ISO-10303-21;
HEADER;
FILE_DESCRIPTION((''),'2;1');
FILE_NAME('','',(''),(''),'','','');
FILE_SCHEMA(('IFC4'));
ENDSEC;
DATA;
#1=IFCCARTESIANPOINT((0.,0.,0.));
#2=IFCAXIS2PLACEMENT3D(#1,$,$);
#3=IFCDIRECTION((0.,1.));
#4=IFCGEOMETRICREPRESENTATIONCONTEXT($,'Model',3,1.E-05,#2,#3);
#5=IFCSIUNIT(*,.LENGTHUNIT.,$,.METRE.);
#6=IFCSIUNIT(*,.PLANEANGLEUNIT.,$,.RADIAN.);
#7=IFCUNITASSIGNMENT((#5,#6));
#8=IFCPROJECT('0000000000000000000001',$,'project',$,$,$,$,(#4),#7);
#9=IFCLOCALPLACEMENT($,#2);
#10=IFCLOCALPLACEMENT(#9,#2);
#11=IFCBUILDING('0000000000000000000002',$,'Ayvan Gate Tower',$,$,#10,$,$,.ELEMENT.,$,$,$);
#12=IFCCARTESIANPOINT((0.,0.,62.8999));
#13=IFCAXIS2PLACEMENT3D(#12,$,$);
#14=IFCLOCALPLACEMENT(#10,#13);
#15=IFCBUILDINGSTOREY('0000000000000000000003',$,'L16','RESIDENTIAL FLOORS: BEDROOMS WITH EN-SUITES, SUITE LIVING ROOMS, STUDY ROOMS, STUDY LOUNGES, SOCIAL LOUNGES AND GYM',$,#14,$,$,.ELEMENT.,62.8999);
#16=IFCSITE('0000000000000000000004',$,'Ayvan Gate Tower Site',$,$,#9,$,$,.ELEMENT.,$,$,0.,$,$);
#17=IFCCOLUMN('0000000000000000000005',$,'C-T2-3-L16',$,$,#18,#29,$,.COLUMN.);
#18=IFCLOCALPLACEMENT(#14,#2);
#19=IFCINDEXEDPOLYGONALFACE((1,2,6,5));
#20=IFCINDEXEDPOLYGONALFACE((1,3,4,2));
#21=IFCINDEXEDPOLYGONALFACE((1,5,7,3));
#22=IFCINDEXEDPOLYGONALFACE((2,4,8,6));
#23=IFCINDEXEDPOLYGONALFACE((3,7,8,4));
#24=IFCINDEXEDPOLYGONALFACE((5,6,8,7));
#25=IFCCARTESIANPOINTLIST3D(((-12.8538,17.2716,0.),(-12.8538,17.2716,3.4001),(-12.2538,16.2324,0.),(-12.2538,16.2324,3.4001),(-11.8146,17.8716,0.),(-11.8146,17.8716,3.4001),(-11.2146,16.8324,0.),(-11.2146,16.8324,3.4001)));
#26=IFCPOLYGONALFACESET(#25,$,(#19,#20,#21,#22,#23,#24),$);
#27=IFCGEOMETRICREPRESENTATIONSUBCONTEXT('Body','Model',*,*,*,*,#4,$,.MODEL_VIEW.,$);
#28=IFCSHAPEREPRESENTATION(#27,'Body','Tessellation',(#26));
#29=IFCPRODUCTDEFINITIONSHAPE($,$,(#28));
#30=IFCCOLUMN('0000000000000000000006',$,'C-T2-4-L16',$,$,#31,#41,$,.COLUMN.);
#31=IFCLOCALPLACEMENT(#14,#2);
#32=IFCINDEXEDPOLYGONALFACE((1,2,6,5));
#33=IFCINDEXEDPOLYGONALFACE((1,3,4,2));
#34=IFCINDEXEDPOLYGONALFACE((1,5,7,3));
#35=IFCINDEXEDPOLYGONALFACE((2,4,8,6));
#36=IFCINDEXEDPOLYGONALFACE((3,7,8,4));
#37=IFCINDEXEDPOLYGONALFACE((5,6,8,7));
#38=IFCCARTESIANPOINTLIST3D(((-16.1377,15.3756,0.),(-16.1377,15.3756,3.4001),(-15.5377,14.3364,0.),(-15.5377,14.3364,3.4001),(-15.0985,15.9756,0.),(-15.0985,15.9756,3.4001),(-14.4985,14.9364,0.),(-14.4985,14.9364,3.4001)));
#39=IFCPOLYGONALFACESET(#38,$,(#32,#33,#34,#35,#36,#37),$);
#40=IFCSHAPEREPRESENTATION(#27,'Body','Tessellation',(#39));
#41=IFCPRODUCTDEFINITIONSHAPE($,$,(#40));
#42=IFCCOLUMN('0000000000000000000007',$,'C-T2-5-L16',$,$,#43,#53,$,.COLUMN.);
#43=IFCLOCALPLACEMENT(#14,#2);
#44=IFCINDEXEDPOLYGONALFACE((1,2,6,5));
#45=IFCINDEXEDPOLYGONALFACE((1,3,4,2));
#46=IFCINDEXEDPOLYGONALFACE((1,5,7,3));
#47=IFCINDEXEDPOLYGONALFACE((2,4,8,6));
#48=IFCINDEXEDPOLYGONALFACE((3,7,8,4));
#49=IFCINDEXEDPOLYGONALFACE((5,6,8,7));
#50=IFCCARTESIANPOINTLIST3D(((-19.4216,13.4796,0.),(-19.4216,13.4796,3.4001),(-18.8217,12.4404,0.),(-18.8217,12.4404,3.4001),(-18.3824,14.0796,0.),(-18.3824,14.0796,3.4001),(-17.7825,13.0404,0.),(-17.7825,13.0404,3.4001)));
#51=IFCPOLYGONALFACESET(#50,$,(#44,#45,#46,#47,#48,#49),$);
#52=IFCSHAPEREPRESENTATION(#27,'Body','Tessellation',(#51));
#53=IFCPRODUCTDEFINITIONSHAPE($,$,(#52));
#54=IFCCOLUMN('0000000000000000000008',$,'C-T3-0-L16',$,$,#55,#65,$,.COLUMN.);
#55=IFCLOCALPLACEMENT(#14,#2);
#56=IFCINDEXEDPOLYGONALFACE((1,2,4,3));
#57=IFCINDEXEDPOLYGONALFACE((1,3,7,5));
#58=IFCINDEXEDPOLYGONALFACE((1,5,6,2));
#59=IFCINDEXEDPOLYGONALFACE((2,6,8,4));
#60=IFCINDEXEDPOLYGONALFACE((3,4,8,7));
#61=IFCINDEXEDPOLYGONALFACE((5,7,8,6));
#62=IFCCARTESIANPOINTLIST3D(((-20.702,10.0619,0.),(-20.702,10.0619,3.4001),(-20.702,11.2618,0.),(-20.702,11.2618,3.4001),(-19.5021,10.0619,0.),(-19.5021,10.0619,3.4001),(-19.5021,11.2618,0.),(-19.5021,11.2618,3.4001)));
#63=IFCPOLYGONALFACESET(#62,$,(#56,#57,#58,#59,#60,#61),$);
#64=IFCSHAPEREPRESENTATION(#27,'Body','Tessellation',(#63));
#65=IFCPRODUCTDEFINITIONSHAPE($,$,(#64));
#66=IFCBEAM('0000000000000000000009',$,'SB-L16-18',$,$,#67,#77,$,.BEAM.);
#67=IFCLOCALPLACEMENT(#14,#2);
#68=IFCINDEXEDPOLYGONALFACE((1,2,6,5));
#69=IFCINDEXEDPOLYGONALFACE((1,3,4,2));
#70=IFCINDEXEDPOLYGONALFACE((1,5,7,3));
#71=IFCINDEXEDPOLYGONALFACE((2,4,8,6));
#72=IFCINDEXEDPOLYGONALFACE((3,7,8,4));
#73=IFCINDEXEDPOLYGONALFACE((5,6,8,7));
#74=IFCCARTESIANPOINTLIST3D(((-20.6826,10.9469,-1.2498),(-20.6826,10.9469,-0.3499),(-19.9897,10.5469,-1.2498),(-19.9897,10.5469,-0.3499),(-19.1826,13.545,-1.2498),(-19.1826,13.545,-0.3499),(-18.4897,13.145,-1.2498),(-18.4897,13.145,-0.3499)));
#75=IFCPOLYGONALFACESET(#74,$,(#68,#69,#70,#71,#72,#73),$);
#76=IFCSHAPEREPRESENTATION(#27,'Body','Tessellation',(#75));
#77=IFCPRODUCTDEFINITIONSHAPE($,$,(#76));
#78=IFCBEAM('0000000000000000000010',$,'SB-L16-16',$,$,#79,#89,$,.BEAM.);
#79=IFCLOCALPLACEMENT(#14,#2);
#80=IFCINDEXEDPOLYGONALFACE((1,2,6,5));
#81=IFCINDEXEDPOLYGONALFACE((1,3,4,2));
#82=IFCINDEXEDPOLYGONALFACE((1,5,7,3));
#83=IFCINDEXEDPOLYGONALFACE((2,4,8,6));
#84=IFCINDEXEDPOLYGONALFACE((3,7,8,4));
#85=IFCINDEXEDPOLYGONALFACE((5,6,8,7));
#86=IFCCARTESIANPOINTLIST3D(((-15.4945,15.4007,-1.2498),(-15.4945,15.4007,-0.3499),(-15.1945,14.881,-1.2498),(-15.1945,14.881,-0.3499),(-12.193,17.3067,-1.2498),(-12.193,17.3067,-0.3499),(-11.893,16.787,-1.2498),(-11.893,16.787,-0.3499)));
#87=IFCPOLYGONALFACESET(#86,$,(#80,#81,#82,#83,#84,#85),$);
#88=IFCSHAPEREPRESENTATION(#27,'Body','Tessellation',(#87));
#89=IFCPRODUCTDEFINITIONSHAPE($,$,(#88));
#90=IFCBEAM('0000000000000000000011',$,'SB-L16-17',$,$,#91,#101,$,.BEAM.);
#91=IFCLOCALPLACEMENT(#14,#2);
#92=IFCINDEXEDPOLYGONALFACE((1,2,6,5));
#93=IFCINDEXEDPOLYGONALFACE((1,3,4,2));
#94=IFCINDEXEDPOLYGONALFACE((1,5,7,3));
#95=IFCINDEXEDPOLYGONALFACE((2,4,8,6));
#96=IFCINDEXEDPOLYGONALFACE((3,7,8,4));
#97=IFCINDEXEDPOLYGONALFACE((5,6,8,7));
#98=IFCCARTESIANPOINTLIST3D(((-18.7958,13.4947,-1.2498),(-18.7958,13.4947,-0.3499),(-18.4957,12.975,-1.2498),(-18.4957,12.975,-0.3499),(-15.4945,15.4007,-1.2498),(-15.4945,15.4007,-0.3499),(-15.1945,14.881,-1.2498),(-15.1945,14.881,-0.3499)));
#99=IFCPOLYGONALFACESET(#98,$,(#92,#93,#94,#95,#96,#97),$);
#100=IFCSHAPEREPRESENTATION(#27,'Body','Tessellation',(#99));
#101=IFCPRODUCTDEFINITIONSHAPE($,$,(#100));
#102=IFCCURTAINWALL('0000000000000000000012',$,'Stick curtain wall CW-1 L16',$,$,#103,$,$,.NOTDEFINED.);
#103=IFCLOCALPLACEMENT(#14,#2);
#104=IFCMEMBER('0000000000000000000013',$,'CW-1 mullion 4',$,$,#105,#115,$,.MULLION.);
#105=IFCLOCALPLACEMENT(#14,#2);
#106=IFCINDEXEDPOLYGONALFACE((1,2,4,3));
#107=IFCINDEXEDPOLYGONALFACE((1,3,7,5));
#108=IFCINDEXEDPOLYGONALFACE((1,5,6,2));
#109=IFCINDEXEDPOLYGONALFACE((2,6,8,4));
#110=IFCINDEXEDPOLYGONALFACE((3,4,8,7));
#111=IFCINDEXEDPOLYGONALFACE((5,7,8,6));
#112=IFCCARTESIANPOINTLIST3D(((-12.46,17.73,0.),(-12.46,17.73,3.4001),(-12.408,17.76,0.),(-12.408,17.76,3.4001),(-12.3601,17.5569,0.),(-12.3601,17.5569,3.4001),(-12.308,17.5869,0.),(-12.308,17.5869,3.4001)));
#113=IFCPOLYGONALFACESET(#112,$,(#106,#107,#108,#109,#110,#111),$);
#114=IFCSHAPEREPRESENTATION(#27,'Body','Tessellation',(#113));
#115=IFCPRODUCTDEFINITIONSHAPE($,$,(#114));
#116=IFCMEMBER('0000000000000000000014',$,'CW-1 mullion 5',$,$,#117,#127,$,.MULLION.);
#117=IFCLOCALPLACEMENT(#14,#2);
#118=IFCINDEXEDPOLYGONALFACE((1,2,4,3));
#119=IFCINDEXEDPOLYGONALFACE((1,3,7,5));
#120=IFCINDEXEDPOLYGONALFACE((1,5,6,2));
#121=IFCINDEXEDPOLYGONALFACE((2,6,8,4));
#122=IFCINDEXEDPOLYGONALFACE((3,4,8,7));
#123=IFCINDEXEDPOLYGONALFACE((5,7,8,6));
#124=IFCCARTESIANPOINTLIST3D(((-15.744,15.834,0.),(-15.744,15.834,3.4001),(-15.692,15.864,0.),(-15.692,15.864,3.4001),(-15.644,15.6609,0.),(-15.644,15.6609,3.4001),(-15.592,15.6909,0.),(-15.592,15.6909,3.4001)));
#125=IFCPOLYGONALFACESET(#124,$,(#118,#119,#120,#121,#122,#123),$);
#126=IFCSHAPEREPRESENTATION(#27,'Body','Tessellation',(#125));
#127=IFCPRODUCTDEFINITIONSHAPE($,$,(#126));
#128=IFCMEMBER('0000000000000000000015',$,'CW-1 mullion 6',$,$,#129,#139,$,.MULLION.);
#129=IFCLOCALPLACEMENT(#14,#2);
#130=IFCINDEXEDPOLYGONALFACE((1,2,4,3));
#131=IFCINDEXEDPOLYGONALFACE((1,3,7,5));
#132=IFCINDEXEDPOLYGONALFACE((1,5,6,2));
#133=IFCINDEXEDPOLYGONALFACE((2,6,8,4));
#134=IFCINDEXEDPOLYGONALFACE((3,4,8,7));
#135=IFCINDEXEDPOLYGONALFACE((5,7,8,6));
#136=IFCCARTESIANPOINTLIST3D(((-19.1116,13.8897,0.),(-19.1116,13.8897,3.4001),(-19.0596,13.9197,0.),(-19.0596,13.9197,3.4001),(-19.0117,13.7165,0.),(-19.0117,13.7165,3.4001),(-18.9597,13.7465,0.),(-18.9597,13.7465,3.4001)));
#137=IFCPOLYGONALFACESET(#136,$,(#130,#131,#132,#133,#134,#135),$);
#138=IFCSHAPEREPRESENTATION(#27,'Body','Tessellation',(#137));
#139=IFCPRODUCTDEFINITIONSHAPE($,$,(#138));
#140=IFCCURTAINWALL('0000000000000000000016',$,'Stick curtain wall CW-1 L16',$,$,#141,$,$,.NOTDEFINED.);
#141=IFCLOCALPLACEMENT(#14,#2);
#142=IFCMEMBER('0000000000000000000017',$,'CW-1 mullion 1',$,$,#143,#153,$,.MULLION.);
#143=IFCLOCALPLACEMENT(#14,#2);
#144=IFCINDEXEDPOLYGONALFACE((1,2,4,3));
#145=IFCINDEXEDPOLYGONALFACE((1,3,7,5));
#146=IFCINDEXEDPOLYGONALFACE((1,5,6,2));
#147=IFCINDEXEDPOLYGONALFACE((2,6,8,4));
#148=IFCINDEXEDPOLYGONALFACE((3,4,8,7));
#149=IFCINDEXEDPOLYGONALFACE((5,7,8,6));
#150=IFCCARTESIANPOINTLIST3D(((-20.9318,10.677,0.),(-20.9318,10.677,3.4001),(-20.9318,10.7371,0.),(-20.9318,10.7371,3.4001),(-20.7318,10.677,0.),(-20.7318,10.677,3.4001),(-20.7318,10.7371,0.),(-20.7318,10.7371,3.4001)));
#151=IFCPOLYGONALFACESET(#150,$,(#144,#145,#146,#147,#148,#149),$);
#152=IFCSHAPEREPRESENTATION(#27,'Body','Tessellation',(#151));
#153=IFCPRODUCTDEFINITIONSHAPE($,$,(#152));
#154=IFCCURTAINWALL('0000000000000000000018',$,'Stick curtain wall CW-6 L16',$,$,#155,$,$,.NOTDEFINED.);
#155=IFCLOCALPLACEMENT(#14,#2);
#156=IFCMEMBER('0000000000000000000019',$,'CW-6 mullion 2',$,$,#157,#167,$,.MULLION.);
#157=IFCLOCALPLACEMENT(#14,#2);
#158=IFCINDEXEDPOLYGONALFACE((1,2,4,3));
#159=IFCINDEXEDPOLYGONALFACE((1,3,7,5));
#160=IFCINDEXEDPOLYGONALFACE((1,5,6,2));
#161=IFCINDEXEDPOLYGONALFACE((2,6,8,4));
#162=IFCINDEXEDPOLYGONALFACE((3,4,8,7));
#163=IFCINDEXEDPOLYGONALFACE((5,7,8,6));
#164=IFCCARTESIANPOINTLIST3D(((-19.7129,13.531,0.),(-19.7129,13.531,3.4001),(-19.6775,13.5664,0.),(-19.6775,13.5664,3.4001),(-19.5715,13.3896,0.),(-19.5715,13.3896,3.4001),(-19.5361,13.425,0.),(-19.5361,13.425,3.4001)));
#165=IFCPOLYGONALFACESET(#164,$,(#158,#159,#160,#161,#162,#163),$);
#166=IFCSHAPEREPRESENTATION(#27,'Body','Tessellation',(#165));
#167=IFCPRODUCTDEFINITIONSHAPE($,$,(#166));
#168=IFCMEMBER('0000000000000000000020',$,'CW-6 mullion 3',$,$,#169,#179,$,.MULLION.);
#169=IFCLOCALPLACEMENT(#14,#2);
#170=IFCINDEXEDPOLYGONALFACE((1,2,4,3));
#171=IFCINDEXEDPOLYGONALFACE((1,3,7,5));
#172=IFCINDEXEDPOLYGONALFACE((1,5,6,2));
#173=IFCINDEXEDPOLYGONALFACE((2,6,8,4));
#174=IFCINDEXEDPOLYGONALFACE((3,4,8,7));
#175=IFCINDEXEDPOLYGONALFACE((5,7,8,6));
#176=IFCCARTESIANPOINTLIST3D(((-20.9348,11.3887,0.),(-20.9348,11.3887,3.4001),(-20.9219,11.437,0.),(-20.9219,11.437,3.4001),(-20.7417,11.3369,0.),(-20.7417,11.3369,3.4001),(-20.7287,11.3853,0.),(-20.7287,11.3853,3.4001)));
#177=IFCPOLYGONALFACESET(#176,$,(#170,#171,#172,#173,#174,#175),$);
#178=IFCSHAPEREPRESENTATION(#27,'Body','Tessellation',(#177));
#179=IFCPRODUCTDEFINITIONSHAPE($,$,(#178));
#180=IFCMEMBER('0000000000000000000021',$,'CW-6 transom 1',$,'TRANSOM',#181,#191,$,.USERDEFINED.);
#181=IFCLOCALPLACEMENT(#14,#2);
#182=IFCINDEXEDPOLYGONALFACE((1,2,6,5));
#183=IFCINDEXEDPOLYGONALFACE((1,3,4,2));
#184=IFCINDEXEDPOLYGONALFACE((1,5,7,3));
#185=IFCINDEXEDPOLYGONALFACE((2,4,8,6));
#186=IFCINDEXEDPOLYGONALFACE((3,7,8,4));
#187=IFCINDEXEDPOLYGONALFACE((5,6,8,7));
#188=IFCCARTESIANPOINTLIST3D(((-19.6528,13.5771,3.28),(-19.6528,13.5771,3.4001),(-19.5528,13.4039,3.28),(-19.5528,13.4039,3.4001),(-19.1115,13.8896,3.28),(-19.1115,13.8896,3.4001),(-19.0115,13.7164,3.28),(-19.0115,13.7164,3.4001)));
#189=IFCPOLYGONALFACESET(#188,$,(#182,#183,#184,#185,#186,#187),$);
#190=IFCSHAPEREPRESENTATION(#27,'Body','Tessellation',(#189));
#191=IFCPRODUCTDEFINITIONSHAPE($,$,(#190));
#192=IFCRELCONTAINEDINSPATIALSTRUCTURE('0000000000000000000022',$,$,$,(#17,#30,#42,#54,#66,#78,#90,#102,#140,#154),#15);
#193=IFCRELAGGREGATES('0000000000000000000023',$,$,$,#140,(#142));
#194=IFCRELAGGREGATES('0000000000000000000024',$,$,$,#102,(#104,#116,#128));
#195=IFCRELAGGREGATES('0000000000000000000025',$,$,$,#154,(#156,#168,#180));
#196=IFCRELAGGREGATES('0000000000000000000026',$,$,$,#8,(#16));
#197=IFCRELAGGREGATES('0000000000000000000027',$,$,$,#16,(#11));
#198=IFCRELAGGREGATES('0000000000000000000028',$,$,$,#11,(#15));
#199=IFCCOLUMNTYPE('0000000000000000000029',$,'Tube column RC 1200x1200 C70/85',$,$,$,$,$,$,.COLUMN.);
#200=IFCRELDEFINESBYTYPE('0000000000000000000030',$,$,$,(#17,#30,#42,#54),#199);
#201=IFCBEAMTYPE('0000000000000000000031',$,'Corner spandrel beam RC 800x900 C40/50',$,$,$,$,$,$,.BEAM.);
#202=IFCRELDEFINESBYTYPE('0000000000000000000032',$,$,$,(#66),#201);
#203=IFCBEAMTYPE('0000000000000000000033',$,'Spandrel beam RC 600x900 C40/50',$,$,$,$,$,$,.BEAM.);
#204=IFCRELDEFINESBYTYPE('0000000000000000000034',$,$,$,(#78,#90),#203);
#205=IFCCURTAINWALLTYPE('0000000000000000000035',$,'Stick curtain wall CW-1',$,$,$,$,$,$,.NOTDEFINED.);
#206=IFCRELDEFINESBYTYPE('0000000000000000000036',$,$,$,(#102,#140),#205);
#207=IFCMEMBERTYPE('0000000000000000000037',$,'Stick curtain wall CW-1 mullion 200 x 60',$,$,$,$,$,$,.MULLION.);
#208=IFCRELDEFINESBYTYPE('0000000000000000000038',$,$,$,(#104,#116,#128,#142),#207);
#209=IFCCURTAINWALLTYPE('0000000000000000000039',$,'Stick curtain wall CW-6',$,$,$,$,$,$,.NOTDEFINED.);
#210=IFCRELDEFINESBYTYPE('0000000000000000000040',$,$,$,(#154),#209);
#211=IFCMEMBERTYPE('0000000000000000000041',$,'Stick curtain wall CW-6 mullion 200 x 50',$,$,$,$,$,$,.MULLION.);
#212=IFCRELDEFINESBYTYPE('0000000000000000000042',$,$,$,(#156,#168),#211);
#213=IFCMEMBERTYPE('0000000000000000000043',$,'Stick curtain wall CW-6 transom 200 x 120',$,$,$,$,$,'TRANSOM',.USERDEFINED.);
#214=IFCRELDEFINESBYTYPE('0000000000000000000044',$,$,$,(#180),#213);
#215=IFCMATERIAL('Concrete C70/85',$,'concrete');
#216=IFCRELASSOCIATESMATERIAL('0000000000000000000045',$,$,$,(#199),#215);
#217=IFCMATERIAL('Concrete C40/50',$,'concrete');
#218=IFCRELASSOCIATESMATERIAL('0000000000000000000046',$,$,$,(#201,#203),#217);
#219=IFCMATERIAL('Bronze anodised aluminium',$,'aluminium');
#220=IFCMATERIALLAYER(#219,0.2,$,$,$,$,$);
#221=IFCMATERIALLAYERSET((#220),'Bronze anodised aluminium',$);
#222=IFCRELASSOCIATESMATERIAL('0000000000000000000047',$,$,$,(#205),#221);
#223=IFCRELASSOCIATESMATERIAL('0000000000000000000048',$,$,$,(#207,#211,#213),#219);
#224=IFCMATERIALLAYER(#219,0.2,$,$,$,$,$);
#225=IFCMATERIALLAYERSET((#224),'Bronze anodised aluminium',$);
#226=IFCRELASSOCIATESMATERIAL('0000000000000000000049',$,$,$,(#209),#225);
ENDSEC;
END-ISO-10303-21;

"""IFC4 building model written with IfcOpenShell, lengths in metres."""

from ifc_helpers import new_model, si_unit, direction, frame, origin, origin_2d, place, context, subcontext, project, spatial, rectangle, extrude, material, layer, layer_set, material_profile, profile_set, type_object, element, aggregate, save


model = new_model("IFC4")

# Units and contexts
model_context = context("Model", 3, precision=1e-05, world=origin(), true_north=direction((0.0, 1.0)))
body_context = subcontext(model_context, "Body", "Model", "MODEL_VIEW")
ifc_project = project(units=[si_unit("LENGTHUNIT", "METRE"), si_unit("PLANEANGLEUNIT", "RADIAN")], contexts=[model_context])

# Site, building, storey
site_placement = place(None, origin())
site = spatial("IfcSite", under=ifc_project, at=site_placement, Name="Ayvan Gate Tower Site", CompositionType="ELEMENT", RefElevation=0.0)
building_placement = place(site_placement, origin())
building = spatial("IfcBuilding", under=site, at=building_placement, Name="Ayvan Gate Tower", CompositionType="ELEMENT")
storey_placement = place(building_placement, frame((0.0, 0.0, 62.8999)))
storey = spatial("IfcBuildingStorey", under=building, at=storey_placement, Name="L16", Description="RESIDENTIAL FLOORS: BEDROOMS WITH EN-SUITES, SUITE LIVING ROOMS, STUDY ROOMS, STUDY LOUNGES, SOCIAL LOUNGES AND GYM", CompositionType="ELEMENT", Elevation=62.8999)

# Columns
ifc_material_1 = material(Name="Concrete C70/85", Category="concrete")
ifc_material_profile_1 = material_profile(ifc_material_1, rectangle(XDim=1.2, YDim=1.2, at=origin_2d()), Name="RC 1200x1200")
ifc_profile_set_1 = profile_set([ifc_material_profile_1], Name="Concrete C70/85")
column_type = type_object("IfcColumnType", Name="Tube column RC 1200x1200 C70/85", PredefinedType="COLUMN", material=ifc_profile_set_1)
for number, where, z_axis, x_axis, name in (
    (1, (-12.0342, 17.052, 0.0), (0.0, 0.0, 1.0), (-0.5, 0.866025, 0.0), "C-T2-3-L16"),
    (2, (-15.3181, 15.156, 0.0), (0.0, 0.0, 1.0), (-0.5, 0.866025, 0.0), "C-T2-4-L16"),
    (3, (-18.6021, 13.26, 0.0), (0.0, 0.0, 1.0), (-0.5, 0.866025, 0.0), "C-T2-5-L16"),
    (4, (-20.1021, 10.6619, 0.0), (0.0, 0.0, 1.0), (-1.0, 0.0, 0.0), "C-T3-0-L16"),
):
    element("IfcColumn", number, at=place(storey_placement, frame(where, z_axis=z_axis, x_axis=x_axis)), inside=storey, type_object=column_type, Name=name, PredefinedType="COLUMN", context=body_context, shape_type="SweptSolid", body=[
        extrude(rectangle(XDim=1.2, YDim=1.2, at=origin_2d()), origin(), (0.0, 0.0, 1.0), 3.4001),
    ])

# Beams
ifc_material_2 = material(Name="Concrete C40/50", Category="concrete")
ifc_material_profile_2 = material_profile(ifc_material_2, rectangle(XDim=0.8, YDim=0.8999, at=origin_2d()), Name="RC 800x900")
ifc_profile_set_2 = profile_set([ifc_material_profile_2], Name="Concrete C40/50")
beam_type_1 = type_object("IfcBeamType", Name="Corner spandrel beam RC 800x900 C40/50", PredefinedType="BEAM", material=ifc_profile_set_2)
beam_1_placement = place(storey_placement, frame((-18.8362, 13.345, -0.7998), z_axis=(-0.49999, -0.866031, 0.0), x_axis=(0.866031, -0.49999, 0.0)))
element("IfcBeam", 5, at=beam_1_placement, inside=storey, type_object=beam_type_1, Name="SB-L16-18", PredefinedType="BEAM", context=body_context, shape_type="SweptSolid", body=[
    extrude(rectangle(XDim=0.8, YDim=0.8999, at=origin_2d()), origin(), (0.0, 0.0, 1.0), 3.0),
])
ifc_material_profile_3 = material_profile(ifc_material_2, rectangle(XDim=0.6001, YDim=0.8999, at=origin_2d()), Name="RC 600x900")
ifc_profile_set_3 = profile_set([ifc_material_profile_3], Name="Concrete C40/50")
beam_type_2 = type_object("IfcBeamType", Name="Spandrel beam RC 600x900 C40/50", PredefinedType="BEAM", material=ifc_profile_set_3)
beam_2_placement = place(storey_placement, frame((-12.043, 17.0469, -0.7998), z_axis=(-0.866039, -0.499976, 0.0), x_axis=(0.499976, -0.866039, 0.0)))
element("IfcBeam", 6, at=beam_2_placement, inside=storey, type_object=beam_type_2, Name="SB-L16-16", PredefinedType="BEAM", context=body_context, shape_type="SweptSolid", body=[
    extrude(rectangle(XDim=0.6001, YDim=0.8999, at=origin_2d()), origin(), (0.0, 0.0, 1.0), 3.8123),
])
beam_3_placement = place(storey_placement, frame((-15.3445, 15.1409, -0.7998), z_axis=(-0.866023, -0.500003, 0.0), x_axis=(0.500003, -0.866023, 0.0)))
element("IfcBeam", 7, at=beam_3_placement, inside=storey, type_object=beam_type_2, Name="SB-L16-17", PredefinedType="BEAM", context=body_context, shape_type="SweptSolid", body=[
    extrude(rectangle(XDim=0.6001, YDim=0.8999, at=origin_2d()), origin(), (0.0, 0.0, 1.0), 3.812),
])

# Curtain wall, members
ifc_material_3 = material(Name="Bronze anodised aluminium", Category="aluminium")
ifc_layer_1 = layer(ifc_material_3, 0.2)
ifc_layer_set_1 = layer_set([ifc_layer_1], Name="Bronze anodised aluminium")
curtain_wall_type_1 = type_object("IfcCurtainWallType", Name="Stick curtain wall CW-1", PredefinedType="NOTDEFINED", material=ifc_layer_set_1)
curtain_wall_1_placement = place(storey_placement, origin())
curtain_wall_1 = element("IfcCurtainWall", 8, at=curtain_wall_1_placement, inside=storey, type_object=curtain_wall_type_1, Name="Stick curtain wall CW-1 L16", PredefinedType="NOTDEFINED")
ifc_material_profile_4 = material_profile(ifc_material_3, rectangle(XDim=0.2, YDim=0.0601, at=origin_2d()), Name="Stick curtain wall CW-1 mullion 200 x 60")
ifc_profile_set_4 = profile_set([ifc_material_profile_4], Name="Bronze anodised aluminium")
member_type_1 = type_object("IfcMemberType", Name="Stick curtain wall CW-1 mullion 200 x 60", PredefinedType="MULLION", material=ifc_profile_set_4)
member_1_placement = place(storey_placement, frame((-12.384, 17.6584, 0.0), z_axis=(0.0, 0.0, 1.0), x_axis=(-0.5, 0.866025, 0.0)))
member_1 = element("IfcMember", 9, at=member_1_placement, type_object=member_type_1, Name="CW-1 mullion 4", PredefinedType="MULLION", context=body_context, shape_type="SweptSolid", body=[
    extrude(rectangle(XDim=0.2, YDim=0.0601, at=origin_2d()), origin(), (0.0, 0.0, 1.0), 3.4001),
])
member_2_placement = place(storey_placement, frame((-15.668, 15.7625, 0.0), z_axis=(0.0, 0.0, 1.0), x_axis=(-0.5, 0.866025, 0.0)))
member_2 = element("IfcMember", 10, at=member_2_placement, type_object=member_type_1, Name="CW-1 mullion 5", PredefinedType="MULLION", context=body_context, shape_type="SweptSolid", body=[
    extrude(rectangle(XDim=0.2, YDim=0.0601, at=origin_2d()), origin(), (0.0, 0.0, 1.0), 3.4001),
])
member_3_placement = place(storey_placement, frame((-19.0356, 13.8181, 0.0), z_axis=(0.0, 0.0, 1.0), x_axis=(-0.5, 0.866025, 0.0)))
member_3 = element("IfcMember", 11, at=member_3_placement, type_object=member_type_1, Name="CW-1 mullion 6", PredefinedType="MULLION", context=body_context, shape_type="SweptSolid", body=[
    extrude(rectangle(XDim=0.2, YDim=0.0601, at=origin_2d()), origin(), (0.0, 0.0, 1.0), 3.4001),
])

# Curtain wall, member
curtain_wall_2_placement = place(storey_placement, origin())
curtain_wall_2 = element("IfcCurtainWall", 12, at=curtain_wall_2_placement, inside=storey, type_object=curtain_wall_type_1, Name="Stick curtain wall CW-1 L16", PredefinedType="NOTDEFINED")
member_4_placement = place(storey_placement, frame((-20.8318, 10.707, 0.0), z_axis=(0.0, 0.0, 1.0), x_axis=(-1.0, 0.0, 0.0)))
member_4 = element("IfcMember", 13, at=member_4_placement, type_object=member_type_1, Name="CW-1 mullion 1", PredefinedType="MULLION", context=body_context, shape_type="SweptSolid", body=[
    extrude(rectangle(XDim=0.2, YDim=0.0601, at=origin_2d()), origin(), (0.0, 0.0, 1.0), 3.4001),
])
aggregate(curtain_wall_2, [member_4])

# Curtain wall, members
ifc_layer_2 = layer(ifc_material_3, 0.2)
ifc_layer_set_2 = layer_set([ifc_layer_2], Name="Bronze anodised aluminium")
curtain_wall_type_2 = type_object("IfcCurtainWallType", Name="Stick curtain wall CW-6", PredefinedType="NOTDEFINED", material=ifc_layer_set_2)
curtain_wall_3_placement = place(storey_placement, origin())
curtain_wall_3 = element("IfcCurtainWall", 14, at=curtain_wall_3_placement, inside=storey, type_object=curtain_wall_type_2, Name="Stick curtain wall CW-6 L16", PredefinedType="NOTDEFINED")
ifc_material_profile_5 = material_profile(ifc_material_3, rectangle(XDim=0.2, YDim=0.05, at=origin_2d()), Name="Stick curtain wall CW-6 mullion 200 x 50")
ifc_profile_set_5 = profile_set([ifc_material_profile_5], Name="Bronze anodised aluminium")
member_type_2 = type_object("IfcMemberType", Name="Stick curtain wall CW-6 mullion 200 x 50", PredefinedType="MULLION", material=ifc_profile_set_5)
member_5_placement = place(storey_placement, frame((-19.6245, 13.478, 0.0), z_axis=(0.0, 0.0, 1.0), x_axis=(-0.707107, 0.707107, 0.0)))
member_5 = element("IfcMember", 15, at=member_5_placement, type_object=member_type_2, Name="CW-6 mullion 2", PredefinedType="MULLION", context=body_context, shape_type="SweptSolid", body=[
    extrude(rectangle(XDim=0.2, YDim=0.05, at=origin_2d()), origin(), (0.0, 0.0, 1.0), 3.4001),
])
member_6_placement = place(storey_placement, frame((-20.8318, 11.387, 0.0), z_axis=(0.0, 0.0, 1.0), x_axis=(-0.965926, 0.258819, 0.0)))
member_6 = element("IfcMember", 16, at=member_6_placement, type_object=member_type_2, Name="CW-6 mullion 3", PredefinedType="MULLION", context=body_context, shape_type="SweptSolid", body=[
    extrude(rectangle(XDim=0.2, YDim=0.05, at=origin_2d()), origin(), (0.0, 0.0, 1.0), 3.4001),
])
ifc_material_profile_6 = material_profile(ifc_material_3, rectangle(XDim=0.2, YDim=0.1201, at=origin_2d()), Name="Stick curtain wall CW-6 transom 200 x 120")
ifc_profile_set_6 = profile_set([ifc_material_profile_6], Name="Bronze anodised aluminium")
member_type_3 = type_object("IfcMemberType", Name="Stick curtain wall CW-6 transom 200 x 120", ElementType="TRANSOM", PredefinedType="USERDEFINED", material=ifc_profile_set_6)
member_7_placement = place(storey_placement, frame((-19.0615, 13.803, 3.3401), z_axis=(-0.866023, -0.500004, 0.0), x_axis=(0.500004, -0.866023, 0.0)))
member_7 = element("IfcMember", 17, at=member_7_placement, type_object=member_type_3, Name="CW-6 transom 1", ObjectType="TRANSOM", PredefinedType="USERDEFINED", context=body_context, shape_type="SweptSolid", body=[
    extrude(rectangle(XDim=0.2, YDim=0.1201, at=origin_2d()), origin(), (0.0, 0.0, 1.0), 0.625),
])

aggregate(curtain_wall_1, [member_1, member_2, member_3])
aggregate(curtain_wall_3, [member_5, member_6, member_7])

save(model, "model.ifc")
